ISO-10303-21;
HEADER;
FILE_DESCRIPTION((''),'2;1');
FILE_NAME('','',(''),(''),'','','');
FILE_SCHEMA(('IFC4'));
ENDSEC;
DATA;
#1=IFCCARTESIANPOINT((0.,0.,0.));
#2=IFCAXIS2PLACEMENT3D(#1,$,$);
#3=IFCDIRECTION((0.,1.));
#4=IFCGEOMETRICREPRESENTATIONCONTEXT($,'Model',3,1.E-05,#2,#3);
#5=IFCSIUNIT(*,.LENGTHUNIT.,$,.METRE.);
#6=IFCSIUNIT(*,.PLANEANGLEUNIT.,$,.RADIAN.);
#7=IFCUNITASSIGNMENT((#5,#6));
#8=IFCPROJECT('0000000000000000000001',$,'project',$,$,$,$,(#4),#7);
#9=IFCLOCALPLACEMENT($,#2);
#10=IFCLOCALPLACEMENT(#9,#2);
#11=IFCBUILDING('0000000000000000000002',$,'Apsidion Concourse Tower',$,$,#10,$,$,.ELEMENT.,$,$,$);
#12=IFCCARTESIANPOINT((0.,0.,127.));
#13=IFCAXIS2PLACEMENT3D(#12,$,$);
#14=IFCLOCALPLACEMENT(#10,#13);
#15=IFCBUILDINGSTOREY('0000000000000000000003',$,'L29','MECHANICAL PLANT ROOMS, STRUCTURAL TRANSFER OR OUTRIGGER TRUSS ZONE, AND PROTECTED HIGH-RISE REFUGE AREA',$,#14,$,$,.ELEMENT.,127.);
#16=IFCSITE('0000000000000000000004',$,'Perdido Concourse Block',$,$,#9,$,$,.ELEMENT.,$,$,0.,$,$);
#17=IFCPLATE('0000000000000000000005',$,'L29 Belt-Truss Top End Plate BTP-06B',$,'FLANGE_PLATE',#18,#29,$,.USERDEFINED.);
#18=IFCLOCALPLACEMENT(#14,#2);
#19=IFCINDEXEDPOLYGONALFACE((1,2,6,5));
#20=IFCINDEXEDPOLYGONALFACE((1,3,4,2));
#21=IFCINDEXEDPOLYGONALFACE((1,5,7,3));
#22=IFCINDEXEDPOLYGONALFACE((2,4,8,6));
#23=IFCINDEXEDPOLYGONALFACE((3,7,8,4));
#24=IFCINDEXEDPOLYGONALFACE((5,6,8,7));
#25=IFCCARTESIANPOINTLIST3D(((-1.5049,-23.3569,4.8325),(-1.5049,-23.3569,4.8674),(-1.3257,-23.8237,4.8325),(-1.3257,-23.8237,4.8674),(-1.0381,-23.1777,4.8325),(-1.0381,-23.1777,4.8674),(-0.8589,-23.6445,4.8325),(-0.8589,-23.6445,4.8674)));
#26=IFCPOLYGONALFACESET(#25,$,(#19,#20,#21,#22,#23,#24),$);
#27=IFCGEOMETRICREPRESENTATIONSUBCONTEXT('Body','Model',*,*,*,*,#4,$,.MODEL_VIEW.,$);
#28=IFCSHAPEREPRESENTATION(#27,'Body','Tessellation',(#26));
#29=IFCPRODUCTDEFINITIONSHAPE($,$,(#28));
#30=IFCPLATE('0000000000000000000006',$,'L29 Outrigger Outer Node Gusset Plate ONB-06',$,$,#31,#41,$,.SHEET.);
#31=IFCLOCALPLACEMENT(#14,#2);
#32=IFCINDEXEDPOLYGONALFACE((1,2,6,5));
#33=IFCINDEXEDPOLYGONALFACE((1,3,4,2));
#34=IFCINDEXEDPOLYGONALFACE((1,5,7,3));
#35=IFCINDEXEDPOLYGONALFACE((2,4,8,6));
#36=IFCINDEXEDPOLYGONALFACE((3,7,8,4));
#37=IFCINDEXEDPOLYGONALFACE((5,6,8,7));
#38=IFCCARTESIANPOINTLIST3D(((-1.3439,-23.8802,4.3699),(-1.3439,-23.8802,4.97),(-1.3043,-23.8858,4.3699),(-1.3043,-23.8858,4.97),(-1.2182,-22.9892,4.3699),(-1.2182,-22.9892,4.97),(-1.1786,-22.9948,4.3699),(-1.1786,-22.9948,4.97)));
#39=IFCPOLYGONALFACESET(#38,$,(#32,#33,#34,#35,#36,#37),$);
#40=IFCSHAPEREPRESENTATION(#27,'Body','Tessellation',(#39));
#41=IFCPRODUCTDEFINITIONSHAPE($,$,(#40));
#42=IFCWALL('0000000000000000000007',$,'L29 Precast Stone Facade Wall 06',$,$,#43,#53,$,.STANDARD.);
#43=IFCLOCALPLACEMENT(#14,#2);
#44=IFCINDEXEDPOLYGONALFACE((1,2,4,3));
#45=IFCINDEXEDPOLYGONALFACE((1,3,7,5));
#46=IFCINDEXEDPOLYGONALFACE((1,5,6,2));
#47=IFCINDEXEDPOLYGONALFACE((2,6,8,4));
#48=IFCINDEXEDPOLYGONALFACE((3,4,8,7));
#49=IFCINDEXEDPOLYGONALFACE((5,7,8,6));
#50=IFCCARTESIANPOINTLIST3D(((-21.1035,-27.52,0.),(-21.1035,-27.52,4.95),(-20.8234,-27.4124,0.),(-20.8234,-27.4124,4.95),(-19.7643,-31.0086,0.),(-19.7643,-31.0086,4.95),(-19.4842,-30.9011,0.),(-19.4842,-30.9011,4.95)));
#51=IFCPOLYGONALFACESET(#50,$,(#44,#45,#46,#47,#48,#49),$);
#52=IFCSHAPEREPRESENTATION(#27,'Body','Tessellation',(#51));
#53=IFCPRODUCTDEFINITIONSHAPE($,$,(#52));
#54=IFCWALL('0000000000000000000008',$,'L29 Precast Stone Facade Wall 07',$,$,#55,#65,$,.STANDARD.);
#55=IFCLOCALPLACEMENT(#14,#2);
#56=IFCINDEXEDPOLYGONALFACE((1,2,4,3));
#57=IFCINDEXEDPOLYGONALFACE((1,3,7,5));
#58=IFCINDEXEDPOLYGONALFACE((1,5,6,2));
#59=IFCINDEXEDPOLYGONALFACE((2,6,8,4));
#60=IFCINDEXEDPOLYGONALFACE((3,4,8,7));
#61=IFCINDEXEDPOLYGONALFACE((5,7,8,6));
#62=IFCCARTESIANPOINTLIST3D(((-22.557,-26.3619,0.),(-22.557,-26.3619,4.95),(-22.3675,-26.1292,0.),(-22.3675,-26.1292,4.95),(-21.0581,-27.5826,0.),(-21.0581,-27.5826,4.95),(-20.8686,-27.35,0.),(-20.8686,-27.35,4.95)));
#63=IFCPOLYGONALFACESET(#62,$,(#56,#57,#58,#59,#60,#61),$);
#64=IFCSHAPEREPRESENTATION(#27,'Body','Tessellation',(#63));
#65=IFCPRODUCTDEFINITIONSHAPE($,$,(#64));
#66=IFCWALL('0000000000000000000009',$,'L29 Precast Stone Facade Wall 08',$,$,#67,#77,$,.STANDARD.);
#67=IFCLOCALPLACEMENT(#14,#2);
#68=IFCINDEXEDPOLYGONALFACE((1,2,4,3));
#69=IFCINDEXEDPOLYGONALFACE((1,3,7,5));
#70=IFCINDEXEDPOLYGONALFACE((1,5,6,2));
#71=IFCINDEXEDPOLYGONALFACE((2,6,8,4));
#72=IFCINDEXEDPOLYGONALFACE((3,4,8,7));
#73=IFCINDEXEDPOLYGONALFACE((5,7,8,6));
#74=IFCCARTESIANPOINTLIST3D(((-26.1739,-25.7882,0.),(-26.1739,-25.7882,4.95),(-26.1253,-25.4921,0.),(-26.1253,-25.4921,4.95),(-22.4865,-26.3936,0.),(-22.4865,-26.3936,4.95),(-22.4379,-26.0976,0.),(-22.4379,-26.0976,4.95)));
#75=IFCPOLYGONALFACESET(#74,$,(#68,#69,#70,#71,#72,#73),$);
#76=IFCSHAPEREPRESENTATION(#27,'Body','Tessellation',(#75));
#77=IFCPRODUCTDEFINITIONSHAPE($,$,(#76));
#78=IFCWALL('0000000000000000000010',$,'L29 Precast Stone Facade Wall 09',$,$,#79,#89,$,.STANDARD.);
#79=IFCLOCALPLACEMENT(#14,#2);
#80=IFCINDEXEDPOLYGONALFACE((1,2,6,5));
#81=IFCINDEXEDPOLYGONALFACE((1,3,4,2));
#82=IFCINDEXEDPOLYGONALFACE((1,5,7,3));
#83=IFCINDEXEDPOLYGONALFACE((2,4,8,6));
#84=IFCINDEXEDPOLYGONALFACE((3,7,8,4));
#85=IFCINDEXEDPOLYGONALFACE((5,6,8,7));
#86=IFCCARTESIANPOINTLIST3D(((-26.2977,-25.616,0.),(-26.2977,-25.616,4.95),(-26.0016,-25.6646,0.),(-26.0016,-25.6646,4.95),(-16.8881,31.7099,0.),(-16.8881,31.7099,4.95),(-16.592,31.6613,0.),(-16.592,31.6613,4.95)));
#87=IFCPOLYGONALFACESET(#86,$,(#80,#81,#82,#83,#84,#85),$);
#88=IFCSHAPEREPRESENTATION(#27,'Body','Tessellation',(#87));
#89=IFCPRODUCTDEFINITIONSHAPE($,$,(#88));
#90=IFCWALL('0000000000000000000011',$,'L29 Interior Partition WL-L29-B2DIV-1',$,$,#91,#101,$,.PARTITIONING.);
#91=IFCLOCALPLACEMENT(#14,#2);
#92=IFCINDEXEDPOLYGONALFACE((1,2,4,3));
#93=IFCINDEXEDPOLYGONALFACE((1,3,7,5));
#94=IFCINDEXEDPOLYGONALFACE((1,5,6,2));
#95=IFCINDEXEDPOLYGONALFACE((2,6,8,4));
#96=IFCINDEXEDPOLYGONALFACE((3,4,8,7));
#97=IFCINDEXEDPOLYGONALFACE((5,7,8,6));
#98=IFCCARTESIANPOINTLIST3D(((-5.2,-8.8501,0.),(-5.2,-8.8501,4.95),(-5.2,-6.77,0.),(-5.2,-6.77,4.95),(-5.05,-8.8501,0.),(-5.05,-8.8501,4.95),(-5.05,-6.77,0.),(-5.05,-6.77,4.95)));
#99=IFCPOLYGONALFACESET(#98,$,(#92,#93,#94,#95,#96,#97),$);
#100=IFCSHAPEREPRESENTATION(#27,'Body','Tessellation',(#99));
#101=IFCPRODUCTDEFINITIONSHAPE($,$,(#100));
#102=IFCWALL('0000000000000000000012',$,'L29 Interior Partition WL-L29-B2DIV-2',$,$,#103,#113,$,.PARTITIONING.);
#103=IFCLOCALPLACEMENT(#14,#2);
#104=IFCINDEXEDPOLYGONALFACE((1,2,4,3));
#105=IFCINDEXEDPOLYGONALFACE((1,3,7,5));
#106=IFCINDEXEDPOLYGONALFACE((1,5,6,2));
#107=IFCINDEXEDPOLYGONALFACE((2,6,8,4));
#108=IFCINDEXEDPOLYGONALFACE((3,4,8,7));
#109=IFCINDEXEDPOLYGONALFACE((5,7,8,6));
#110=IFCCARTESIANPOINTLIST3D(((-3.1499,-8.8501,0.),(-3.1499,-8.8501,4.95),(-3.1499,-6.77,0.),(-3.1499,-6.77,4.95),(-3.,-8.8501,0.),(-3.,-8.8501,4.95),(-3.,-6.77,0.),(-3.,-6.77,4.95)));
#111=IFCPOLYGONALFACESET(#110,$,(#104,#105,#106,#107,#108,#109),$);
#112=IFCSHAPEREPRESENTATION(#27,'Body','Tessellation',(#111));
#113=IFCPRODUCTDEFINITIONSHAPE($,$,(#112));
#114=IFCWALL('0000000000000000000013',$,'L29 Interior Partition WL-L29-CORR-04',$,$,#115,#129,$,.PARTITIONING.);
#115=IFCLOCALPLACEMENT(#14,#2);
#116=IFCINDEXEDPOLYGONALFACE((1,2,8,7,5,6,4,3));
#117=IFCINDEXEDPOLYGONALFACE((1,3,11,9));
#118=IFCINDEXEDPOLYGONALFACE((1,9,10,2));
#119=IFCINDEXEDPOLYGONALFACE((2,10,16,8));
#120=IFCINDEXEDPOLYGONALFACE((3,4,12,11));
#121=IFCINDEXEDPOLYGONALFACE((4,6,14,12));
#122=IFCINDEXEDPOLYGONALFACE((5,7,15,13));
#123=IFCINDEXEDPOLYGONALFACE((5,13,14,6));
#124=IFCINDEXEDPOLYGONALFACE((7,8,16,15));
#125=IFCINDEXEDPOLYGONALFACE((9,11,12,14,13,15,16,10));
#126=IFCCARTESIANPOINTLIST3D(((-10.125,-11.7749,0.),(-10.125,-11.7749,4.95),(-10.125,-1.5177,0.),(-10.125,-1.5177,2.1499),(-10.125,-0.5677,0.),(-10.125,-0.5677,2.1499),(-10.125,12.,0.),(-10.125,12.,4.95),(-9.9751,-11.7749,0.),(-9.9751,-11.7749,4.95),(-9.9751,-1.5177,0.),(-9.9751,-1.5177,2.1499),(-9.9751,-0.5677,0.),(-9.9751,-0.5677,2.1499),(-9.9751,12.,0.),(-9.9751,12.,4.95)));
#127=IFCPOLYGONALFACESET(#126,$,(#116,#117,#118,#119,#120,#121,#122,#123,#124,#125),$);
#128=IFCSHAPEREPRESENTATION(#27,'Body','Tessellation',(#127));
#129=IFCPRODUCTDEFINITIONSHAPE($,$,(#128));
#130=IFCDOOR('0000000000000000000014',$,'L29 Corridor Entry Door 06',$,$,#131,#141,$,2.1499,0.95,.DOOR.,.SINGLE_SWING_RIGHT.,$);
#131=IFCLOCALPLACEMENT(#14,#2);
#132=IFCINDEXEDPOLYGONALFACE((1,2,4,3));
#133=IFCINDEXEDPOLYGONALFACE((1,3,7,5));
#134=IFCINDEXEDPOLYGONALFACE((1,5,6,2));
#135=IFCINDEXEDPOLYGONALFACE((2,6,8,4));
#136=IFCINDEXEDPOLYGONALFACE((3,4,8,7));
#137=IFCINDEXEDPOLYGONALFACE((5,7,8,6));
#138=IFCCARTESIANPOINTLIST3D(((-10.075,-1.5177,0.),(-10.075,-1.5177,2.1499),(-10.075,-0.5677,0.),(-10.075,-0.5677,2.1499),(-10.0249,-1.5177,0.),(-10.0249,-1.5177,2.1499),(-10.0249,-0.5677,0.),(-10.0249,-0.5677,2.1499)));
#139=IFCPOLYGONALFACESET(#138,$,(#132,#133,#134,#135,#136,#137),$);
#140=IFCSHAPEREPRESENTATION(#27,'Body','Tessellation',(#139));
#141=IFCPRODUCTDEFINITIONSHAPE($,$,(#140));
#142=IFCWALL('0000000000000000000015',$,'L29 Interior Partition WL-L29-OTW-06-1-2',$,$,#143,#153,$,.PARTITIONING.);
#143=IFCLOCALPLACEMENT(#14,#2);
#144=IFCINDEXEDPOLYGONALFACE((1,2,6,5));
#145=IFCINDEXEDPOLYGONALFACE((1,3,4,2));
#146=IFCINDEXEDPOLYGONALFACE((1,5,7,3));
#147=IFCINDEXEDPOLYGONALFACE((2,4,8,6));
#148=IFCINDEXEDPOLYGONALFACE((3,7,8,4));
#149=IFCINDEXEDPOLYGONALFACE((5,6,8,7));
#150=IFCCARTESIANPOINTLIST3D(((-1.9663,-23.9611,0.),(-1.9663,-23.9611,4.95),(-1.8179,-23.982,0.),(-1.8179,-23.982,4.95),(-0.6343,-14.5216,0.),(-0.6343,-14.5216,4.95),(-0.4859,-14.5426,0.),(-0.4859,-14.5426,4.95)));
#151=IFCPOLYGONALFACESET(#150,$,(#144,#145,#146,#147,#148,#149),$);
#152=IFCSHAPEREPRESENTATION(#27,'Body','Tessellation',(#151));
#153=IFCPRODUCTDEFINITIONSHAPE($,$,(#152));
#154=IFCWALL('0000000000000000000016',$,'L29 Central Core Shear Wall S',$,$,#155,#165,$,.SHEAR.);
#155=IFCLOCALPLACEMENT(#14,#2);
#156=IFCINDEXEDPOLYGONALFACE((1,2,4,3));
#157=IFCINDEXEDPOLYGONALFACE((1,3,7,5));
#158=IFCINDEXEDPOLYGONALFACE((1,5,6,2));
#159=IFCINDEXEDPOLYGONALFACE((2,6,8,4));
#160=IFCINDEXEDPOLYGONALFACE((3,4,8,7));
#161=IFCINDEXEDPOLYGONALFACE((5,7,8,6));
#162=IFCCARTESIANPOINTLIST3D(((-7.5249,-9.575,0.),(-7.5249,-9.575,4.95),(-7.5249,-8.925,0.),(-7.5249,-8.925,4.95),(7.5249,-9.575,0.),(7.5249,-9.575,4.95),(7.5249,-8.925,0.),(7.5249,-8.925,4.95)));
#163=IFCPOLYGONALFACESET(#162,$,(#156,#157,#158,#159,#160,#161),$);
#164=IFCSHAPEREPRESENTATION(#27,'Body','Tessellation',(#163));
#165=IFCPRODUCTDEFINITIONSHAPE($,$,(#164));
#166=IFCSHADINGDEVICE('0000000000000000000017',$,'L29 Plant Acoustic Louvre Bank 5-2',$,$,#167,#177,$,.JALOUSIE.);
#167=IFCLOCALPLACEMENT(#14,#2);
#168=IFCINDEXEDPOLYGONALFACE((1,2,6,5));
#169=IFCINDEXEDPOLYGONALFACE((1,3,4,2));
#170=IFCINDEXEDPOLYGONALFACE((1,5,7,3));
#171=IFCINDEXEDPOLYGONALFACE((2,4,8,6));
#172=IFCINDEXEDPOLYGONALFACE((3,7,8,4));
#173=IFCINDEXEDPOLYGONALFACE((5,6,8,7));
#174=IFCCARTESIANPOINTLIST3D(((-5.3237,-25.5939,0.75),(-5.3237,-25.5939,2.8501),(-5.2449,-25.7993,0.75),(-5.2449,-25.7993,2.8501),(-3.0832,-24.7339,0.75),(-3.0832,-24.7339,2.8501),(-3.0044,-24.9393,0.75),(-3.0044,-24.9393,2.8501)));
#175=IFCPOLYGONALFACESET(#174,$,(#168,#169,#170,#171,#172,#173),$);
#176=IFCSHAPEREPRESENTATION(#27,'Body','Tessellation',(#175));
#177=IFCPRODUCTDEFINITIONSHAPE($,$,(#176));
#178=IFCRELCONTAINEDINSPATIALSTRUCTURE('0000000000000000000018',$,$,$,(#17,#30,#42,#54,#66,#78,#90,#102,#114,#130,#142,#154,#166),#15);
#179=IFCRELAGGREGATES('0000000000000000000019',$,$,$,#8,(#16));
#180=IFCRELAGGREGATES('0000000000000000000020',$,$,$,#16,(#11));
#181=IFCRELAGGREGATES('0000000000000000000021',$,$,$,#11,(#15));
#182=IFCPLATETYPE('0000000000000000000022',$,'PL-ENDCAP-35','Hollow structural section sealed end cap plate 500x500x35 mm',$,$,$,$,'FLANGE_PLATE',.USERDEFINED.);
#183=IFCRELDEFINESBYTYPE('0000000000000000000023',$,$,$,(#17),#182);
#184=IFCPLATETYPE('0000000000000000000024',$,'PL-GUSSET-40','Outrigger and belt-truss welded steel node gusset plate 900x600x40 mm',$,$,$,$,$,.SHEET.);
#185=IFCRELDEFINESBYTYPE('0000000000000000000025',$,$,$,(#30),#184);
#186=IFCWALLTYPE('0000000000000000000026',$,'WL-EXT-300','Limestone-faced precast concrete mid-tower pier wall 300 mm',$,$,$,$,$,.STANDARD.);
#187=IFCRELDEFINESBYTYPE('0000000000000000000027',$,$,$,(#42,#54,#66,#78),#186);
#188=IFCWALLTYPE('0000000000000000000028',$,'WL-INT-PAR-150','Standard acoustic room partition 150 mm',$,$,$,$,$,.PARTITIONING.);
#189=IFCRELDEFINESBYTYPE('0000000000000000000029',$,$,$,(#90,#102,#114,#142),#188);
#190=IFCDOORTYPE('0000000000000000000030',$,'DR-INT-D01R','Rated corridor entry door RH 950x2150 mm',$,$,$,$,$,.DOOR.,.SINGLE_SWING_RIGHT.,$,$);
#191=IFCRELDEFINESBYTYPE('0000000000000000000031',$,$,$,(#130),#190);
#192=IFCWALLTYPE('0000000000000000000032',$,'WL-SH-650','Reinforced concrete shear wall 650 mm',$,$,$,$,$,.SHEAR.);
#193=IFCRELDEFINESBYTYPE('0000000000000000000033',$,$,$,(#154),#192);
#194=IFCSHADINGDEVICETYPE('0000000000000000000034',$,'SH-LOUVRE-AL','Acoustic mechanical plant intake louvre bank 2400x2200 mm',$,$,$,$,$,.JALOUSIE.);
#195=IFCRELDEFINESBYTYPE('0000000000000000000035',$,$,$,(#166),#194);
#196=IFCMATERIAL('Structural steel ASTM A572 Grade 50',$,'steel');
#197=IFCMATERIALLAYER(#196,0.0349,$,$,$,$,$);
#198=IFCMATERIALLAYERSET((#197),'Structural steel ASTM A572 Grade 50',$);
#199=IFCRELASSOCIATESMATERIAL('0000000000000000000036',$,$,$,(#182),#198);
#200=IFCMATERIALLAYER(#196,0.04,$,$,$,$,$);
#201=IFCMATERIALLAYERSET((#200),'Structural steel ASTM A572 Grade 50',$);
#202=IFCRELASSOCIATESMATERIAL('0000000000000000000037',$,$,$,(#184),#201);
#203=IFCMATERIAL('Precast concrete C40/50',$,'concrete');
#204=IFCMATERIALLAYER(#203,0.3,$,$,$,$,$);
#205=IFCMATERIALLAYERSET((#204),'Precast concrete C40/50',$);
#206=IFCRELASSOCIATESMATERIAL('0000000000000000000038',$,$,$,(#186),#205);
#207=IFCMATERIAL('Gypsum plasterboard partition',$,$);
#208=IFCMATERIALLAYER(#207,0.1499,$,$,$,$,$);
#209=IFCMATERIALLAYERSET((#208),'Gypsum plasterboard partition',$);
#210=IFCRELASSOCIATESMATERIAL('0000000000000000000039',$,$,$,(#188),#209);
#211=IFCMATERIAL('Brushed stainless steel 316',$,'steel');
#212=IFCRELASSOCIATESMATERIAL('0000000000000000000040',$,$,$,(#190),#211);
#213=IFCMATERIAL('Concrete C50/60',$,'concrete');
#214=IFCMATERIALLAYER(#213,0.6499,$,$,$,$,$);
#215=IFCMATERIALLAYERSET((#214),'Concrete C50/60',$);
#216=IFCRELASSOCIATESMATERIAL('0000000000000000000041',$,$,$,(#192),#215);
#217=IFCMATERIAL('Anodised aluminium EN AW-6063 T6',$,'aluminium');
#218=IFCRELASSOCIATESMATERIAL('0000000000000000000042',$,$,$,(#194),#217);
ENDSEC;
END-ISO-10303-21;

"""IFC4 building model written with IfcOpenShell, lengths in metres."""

from ifc_helpers import new_model, si_unit, direction, frame, frame_2d, origin, origin_2d, place, context, subcontext, project, spatial, rectangle, extrude, material, layer, layer_set, type_object, element, fill, save


model = new_model("IFC4")

# Units and contexts
model_context = context("Model", 3, precision=1e-05, world=origin(), true_north=direction((0.0, 1.0)))
body_context = subcontext(model_context, "Body", "Model", "MODEL_VIEW")
ifc_project = project(units=[si_unit("LENGTHUNIT", "METRE"), si_unit("PLANEANGLEUNIT", "RADIAN")], contexts=[model_context])

# Site, building, storey
site_placement = place(None, origin())
site = spatial("IfcSite", under=ifc_project, at=site_placement, Name="Perdido Concourse Block", CompositionType="ELEMENT", RefElevation=0.0)
building_placement = place(site_placement, origin())
building = spatial("IfcBuilding", under=site, at=building_placement, Name="Apsidion Concourse Tower", CompositionType="ELEMENT")
storey_placement = place(building_placement, frame((0.0, 0.0, 127.0)))
storey = spatial("IfcBuildingStorey", under=building, at=storey_placement, Name="L29", Description="MECHANICAL PLANT ROOMS, STRUCTURAL TRANSFER OR OUTRIGGER TRUSS ZONE, AND PROTECTED HIGH-RISE REFUGE AREA", CompositionType="ELEMENT", Elevation=127.0)

# Shared definitions
ifc_material_1 = material(Name="Concrete C50/60", Category="concrete")

# Plates
ifc_material_2 = material(Name="Structural steel ASTM A572 Grade 50", Category="steel")
ifc_layer_1 = layer(ifc_material_2, 0.0349)
ifc_layer_set_1 = layer_set([ifc_layer_1], Name="Structural steel ASTM A572 Grade 50")
plate_type_1 = type_object("IfcPlateType", Name="PL-ENDCAP-35", Description="Hollow structural section sealed end cap plate 500x500x35 mm", ElementType="FLANGE_PLATE", PredefinedType="USERDEFINED", material=ifc_layer_set_1)
for number, where, z_axis, x_axis, name in (
    (1, (-1.1819, -23.5007, 4.8325), (0.0, 0.0, 1.0), (0.93358, 0.358368, 0.0), "L29 Belt-Truss Top End Plate BTP-06B"),
):
    element("IfcPlate", number, at=place(storey_placement, frame(where, z_axis=z_axis, x_axis=x_axis)), inside=storey, type_object=plate_type_1, Name=name, ObjectType="FLANGE_PLATE", PredefinedType="USERDEFINED", context=body_context, shape_type="SweptSolid", body=[
        extrude(rectangle(XDim=0.5, YDim=0.5, at=origin_2d()), origin(), (0.0, 0.0, 1.0), 0.0349),
    ])
ifc_layer_2 = layer(ifc_material_2, 0.04)
ifc_layer_set_2 = layer_set([ifc_layer_2], Name="Structural steel ASTM A572 Grade 50")
plate_type_2 = type_object("IfcPlateType", Name="PL-GUSSET-40", Description="Outrigger and belt-truss welded steel node gusset plate 900x600x40 mm", PredefinedType="SHEET", material=ifc_layer_set_2)
plate_placement = place(storey_placement, frame((-1.2612, -23.4375, 4.3699), z_axis=(0.0, 0.0, 1.0), x_axis=(0.139692, 0.990195, 0.0)))
element("IfcPlate", 2, at=plate_placement, inside=storey, type_object=plate_type_2, Name="L29 Outrigger Outer Node Gusset Plate ONB-06", PredefinedType="SHEET", context=body_context, shape_type="SweptSolid", body=[
    extrude(rectangle(XDim=0.8999, YDim=0.04, at=origin_2d()), origin(), (0.0, 0.0, 1.0), 0.6001),
])

# Walls
ifc_material_3 = material(Name="Precast concrete C40/50", Category="concrete")
ifc_layer_3 = layer(ifc_material_3, 0.3)
ifc_layer_set_3 = layer_set([ifc_layer_3], Name="Precast concrete C40/50")
wall_type_1 = type_object("IfcWallType", Name="WL-EXT-300", Description="Limestone-faced precast concrete mid-tower pier wall 300 mm", PredefinedType="STANDARD", material=ifc_layer_set_3)
wall_1_placement = place(storey_placement, frame((-19.6243, -30.9548, 0.0), z_axis=(0.0, 0.0, 1.0), x_axis=(-0.358366, 0.933581, 0.0)))
element("IfcWall", 3, at=wall_1_placement, inside=storey, type_object=wall_type_1, Name="L29 Precast Stone Facade Wall 06", PredefinedType="STANDARD", context=body_context, shape_type="SweptSolid", body=[
    extrude(rectangle(XDim=3.7368, YDim=0.3, at=frame_2d((1.8684, 0.0))), origin(), (0.0, 0.0, 1.0), 4.95),
])
wall_2_placement = place(storey_placement, frame((-20.9634, -27.4663, 0.0), z_axis=(0.0, 0.0, 1.0), x_axis=(-0.775368, 0.63151, 0.0)))
element("IfcWall", 4, at=wall_2_placement, inside=storey, type_object=wall_type_1, Name="L29 Precast Stone Facade Wall 07", PredefinedType="STANDARD", context=body_context, shape_type="SweptSolid", body=[
    extrude(rectangle(XDim=1.9331, YDim=0.3, at=frame_2d((0.9666, 0.0))), origin(), (0.0, 0.0, 1.0), 4.95),
])
wall_3_placement = place(storey_placement, frame((-22.4622, -26.2456, 0.0), z_axis=(0.0, 0.0, 1.0), x_axis=(-0.986787, 0.162025, 0.0)))
element("IfcWall", 5, at=wall_3_placement, inside=storey, type_object=wall_type_1, Name="L29 Precast Stone Facade Wall 08", PredefinedType="STANDARD", context=body_context, shape_type="SweptSolid", body=[
    extrude(rectangle(XDim=3.7368, YDim=0.3, at=frame_2d((1.8684, 0.0))), origin(), (0.0, 0.0, 1.0), 4.95),
])
wall_4_placement = place(storey_placement, frame((-26.1497, -25.6401, 0.0), z_axis=(0.0, 0.0, 1.0), x_axis=(0.161976, 0.986795, 0.0)))
element("IfcWall", 6, at=wall_4_placement, inside=storey, type_object=wall_type_1, Name="L29 Precast Stone Facade Wall 09", PredefinedType="STANDARD", context=body_context, shape_type="SweptSolid", body=[
    extrude(rectangle(XDim=58.093, YDim=0.3, at=frame_2d((29.0464, 0.0))), origin(), (0.0, 0.0, 1.0), 4.95),
])
ifc_material_4 = material(Name="Gypsum plasterboard partition")
ifc_layer_4 = layer(ifc_material_4, 0.1499)
ifc_layer_set_4 = layer_set([ifc_layer_4], Name="Gypsum plasterboard partition")
wall_type_2 = type_object("IfcWallType", Name="WL-INT-PAR-150", Description="Standard acoustic room partition 150 mm", PredefinedType="PARTITIONING", material=ifc_layer_set_4)
for number, where, z_axis, x_axis, name in (
    (7, (-5.125, -8.8501, 0.0), (0.0, 0.0, 1.0), (0.0, 1.0, 0.0), "L29 Interior Partition WL-L29-B2DIV-1"),
    (8, (-3.075, -8.8501, 0.0), (0.0, 0.0, 1.0), (0.0, 1.0, 0.0), "L29 Interior Partition WL-L29-B2DIV-2"),
):
    element("IfcWall", number, at=place(storey_placement, frame(where, z_axis=z_axis, x_axis=x_axis)), inside=storey, type_object=wall_type_2, Name=name, PredefinedType="PARTITIONING", context=body_context, shape_type="SweptSolid", body=[
        extrude(rectangle(XDim=2.0801, YDim=0.1499, at=frame_2d((1.04, 0.0))), origin(), (0.0, 0.0, 1.0), 4.95),
    ])

# Wall, opening, door
wall_5_placement = place(storey_placement, frame((-10.05, -11.7749, 0.0), z_axis=(0.0, 0.0, 1.0), x_axis=(0.0, 1.0, 0.0)))
wall_5 = element("IfcWall", 9, at=wall_5_placement, inside=storey, type_object=wall_type_2, Name="L29 Interior Partition WL-L29-CORR-04", PredefinedType="PARTITIONING", context=body_context, shape_type="SweptSolid", body=[
    extrude(rectangle(XDim=23.7749, YDim=0.1499, at=frame_2d((11.8875, 0.0))), origin(), (0.0, 0.0, 1.0), 4.95),
])
opening_1_placement = place(wall_5_placement, frame((10.2571, 0.0, 0.0)))
opening_1 = element("IfcOpeningElement", 10, at=opening_1_placement, cuts=wall_5, PredefinedType="OPENING", context=body_context, shape_type="SweptSolid", body=[
    extrude(rectangle(XDim=0.95, YDim=2.1499, at=frame_2d((0.4751, 1.075))), frame((0.0, 0.085, 0.0), z_axis=(0.0, -1.0, 0.0), x_axis=(1.0, 0.0, 0.0)), (0.0, 0.0, 1.0), 0.1699),
])
ifc_material_5 = material(Name="Brushed stainless steel 316", Category="steel")
door_type_1 = type_object("IfcDoorType", Name="DR-INT-D01R", Description="Rated corridor entry door RH 950x2150 mm", OperationType="SINGLE_SWING_RIGHT", PredefinedType="DOOR", material=ifc_material_5)
door_1_placement = place(opening_1_placement, origin())
door_1 = element("IfcDoor", 11, at=door_1_placement, inside=storey, type_object=door_type_1, Name="L29 Corridor Entry Door 06", OperationType="SINGLE_SWING_RIGHT", OverallHeight=2.1499, OverallWidth=0.95, PredefinedType="DOOR", context=body_context, shape_type="SweptSolid", body=[
    extrude(rectangle(XDim=0.95, YDim=2.1499, at=frame_2d((0.4751, 1.075))), frame((0.0, 0.0249, 0.0), z_axis=(0.0, -1.0, 0.0), x_axis=(1.0, 0.0, 0.0)), (0.0, 0.0, 1.0), 0.05),
])
fill(opening_1, door_1)

# Wall
wall_6_placement = place(storey_placement, frame((-0.5601, -14.532, 0.0), z_axis=(0.0, 0.0, 1.0), x_axis=(-0.139729, -0.99019, 0.0)))
element("IfcWall", 12, at=wall_6_placement, inside=storey, type_object=wall_type_2, Name="L29 Interior Partition WL-L29-OTW-06-1-2", PredefinedType="PARTITIONING", context=body_context, shape_type="SweptSolid", body=[
    extrude(rectangle(XDim=9.533, YDim=0.1499, at=frame_2d((4.7666, 0.0))), origin(), (0.0, 0.0, 1.0), 4.95),
])

# Shared definitions
ifc_layer_5 = layer(ifc_material_1, 0.6499)
ifc_layer_set_5 = layer_set([ifc_layer_5], Name="Concrete C50/60")
wall_type_3 = type_object("IfcWallType", Name="WL-SH-650", Description="Reinforced concrete shear wall 650 mm", PredefinedType="SHEAR", material=ifc_layer_set_5)

# Wall
wall_7_placement = place(storey_placement, frame((-7.5249, -9.25, 0.0), z_axis=(0.0, 0.0, 1.0), x_axis=(1.0, 0.0, 0.0)))
element("IfcWall", 13, at=wall_7_placement, inside=storey, type_object=wall_type_3, Name="L29 Central Core Shear Wall S", PredefinedType="SHEAR", context=body_context, shape_type="SweptSolid", body=[
    extrude(rectangle(XDim=15.0498, YDim=0.6499, at=frame_2d((7.5249, 0.0))), origin(), (0.0, 0.0, 1.0), 4.95),
])

# Shading device
ifc_material_6 = material(Name="Anodised aluminium EN AW-6063 T6", Category="aluminium")
shading_device_type = type_object("IfcShadingDeviceType", Name="SH-LOUVRE-AL", Description="Acoustic mechanical plant intake louvre bank 2400x2200 mm", PredefinedType="JALOUSIE", material=ifc_material_6)
for number, where, z_axis, x_axis, name in (
    (14, (-4.1641, -25.2666, 0.75), (0.0, 0.0, 1.0), (-0.93358, -0.358368, 0.0), "L29 Plant Acoustic Louvre Bank 5-2"),
):
    element("IfcShadingDevice", number, at=place(storey_placement, frame(where, z_axis=z_axis, x_axis=x_axis)), inside=storey, type_object=shading_device_type, Name=name, PredefinedType="JALOUSIE", context=body_context, shape_type="SweptSolid", body=[
        extrude(rectangle(XDim=2.3999, YDim=0.22, at=origin_2d()), origin(), (0.0, 0.0, 1.0), 2.1001),
    ])

save(model, "model.ifc")
